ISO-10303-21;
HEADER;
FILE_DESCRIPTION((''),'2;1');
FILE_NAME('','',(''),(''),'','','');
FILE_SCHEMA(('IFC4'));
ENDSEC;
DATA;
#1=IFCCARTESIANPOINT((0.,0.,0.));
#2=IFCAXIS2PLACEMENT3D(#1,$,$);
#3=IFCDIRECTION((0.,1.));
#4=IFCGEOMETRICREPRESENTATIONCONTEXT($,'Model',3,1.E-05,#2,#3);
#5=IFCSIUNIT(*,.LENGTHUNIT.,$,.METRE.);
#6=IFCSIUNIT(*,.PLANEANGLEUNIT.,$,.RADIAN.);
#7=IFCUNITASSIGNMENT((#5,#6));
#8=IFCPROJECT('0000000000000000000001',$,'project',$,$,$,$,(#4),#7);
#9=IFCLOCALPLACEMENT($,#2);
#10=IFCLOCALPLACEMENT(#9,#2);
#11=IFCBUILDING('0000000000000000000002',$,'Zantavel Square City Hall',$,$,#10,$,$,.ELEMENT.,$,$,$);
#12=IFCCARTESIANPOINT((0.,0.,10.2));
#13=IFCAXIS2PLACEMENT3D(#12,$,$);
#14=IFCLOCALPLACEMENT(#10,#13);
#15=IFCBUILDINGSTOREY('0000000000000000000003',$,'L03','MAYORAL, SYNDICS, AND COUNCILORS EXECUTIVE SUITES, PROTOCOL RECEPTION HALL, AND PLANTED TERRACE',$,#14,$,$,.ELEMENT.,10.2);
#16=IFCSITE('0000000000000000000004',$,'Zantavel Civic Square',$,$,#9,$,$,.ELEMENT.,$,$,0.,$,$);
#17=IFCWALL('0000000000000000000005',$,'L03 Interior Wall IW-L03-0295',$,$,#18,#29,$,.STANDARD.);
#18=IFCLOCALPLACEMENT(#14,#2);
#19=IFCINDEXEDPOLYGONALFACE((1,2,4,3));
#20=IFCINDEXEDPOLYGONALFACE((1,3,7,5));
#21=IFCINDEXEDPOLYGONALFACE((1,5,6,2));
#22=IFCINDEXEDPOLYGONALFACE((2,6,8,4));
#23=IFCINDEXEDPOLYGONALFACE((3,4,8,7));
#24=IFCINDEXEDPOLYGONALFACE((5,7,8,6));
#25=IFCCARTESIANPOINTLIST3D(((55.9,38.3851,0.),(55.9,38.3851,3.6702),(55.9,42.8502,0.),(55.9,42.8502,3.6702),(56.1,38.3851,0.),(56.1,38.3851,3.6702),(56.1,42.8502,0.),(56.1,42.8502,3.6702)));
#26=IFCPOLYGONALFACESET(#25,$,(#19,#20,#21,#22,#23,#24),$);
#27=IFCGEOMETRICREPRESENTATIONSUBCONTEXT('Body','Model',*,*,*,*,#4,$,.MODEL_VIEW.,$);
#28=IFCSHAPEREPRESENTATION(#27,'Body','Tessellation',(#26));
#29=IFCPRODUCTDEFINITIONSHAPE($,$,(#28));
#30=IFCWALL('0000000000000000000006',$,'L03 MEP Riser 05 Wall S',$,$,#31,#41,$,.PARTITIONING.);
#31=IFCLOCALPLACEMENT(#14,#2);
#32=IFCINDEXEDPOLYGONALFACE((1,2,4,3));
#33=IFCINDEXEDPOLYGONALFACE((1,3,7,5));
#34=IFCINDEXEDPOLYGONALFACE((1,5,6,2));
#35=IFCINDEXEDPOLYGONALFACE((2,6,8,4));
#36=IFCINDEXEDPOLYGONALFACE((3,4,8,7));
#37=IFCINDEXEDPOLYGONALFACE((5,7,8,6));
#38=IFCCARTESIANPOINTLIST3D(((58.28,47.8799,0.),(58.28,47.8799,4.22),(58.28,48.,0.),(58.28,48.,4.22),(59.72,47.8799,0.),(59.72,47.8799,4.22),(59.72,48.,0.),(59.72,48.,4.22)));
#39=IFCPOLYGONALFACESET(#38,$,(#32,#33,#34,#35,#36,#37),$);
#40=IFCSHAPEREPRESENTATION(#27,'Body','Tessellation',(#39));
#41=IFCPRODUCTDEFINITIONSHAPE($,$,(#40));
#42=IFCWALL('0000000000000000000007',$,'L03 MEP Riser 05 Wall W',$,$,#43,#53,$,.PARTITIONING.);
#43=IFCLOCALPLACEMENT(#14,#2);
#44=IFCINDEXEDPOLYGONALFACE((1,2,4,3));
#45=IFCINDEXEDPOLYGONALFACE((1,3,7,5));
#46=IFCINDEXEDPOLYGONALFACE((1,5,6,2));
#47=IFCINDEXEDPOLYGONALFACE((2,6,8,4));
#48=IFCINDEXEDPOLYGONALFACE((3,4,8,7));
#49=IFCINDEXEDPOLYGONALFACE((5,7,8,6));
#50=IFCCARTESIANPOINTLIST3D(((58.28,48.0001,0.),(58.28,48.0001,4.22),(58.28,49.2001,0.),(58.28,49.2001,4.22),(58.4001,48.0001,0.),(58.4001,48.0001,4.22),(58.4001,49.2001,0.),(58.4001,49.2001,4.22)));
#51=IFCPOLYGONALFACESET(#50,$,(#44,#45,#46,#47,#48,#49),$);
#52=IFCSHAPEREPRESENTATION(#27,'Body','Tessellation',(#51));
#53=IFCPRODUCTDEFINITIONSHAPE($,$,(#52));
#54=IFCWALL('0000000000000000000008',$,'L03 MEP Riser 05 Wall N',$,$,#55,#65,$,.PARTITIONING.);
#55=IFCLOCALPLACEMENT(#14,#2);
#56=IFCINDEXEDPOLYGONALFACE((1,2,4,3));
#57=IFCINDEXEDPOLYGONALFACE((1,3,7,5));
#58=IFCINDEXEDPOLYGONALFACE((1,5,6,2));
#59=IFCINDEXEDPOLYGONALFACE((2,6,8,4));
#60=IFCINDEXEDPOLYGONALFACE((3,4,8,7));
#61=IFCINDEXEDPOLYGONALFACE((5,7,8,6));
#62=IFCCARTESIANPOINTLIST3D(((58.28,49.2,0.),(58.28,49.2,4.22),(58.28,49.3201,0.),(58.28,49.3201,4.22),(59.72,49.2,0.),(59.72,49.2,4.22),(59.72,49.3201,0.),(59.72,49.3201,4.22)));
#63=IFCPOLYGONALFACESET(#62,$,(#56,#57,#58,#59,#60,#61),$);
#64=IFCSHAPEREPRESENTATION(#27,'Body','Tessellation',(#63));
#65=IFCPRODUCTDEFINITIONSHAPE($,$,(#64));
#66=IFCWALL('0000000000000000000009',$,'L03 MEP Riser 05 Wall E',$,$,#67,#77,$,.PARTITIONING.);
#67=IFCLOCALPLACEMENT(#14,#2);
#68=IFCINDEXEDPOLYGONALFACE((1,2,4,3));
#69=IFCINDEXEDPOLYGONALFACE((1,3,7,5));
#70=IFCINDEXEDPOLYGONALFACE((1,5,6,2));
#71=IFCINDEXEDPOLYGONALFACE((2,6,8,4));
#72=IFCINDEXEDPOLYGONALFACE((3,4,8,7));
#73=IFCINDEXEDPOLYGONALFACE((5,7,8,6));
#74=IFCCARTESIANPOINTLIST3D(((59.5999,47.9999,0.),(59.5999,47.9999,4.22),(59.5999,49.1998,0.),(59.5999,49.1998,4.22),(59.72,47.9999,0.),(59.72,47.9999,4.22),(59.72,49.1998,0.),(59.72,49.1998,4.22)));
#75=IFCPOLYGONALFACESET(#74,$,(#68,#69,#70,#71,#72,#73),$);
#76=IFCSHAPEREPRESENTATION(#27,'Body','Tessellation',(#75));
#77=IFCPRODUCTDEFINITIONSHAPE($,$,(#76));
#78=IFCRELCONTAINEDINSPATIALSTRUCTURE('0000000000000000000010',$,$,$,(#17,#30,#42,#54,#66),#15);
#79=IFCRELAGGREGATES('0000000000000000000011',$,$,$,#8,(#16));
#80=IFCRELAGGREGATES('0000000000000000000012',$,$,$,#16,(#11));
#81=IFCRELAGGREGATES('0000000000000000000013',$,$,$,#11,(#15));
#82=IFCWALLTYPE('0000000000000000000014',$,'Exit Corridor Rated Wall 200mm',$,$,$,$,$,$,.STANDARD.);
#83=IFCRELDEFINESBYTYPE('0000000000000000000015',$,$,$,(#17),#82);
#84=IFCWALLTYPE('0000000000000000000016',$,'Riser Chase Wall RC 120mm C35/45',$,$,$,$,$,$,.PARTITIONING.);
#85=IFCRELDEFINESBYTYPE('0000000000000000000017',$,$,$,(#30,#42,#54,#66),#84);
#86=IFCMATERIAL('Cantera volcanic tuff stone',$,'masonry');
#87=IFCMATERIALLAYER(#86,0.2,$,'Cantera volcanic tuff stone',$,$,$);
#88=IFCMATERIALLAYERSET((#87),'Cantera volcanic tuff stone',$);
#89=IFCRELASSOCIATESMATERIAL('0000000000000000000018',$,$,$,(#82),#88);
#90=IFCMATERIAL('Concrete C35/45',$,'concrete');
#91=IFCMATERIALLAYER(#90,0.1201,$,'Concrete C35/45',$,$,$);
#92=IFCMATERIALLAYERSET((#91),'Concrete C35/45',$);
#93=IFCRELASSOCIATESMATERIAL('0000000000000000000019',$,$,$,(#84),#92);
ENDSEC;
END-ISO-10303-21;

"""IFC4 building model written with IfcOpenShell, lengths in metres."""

from ifc_helpers import new_model, si_unit, direction, frame, frame_2d, origin, place, context, subcontext, project, spatial, rectangle, extrude, material, layer, layer_set, type_object, element, save


model = new_model("IFC4")

# Units and contexts
model_context = context("Model", 3, precision=1e-05, world=origin(), true_north=direction((0.0, 1.0)))
body_context = subcontext(model_context, "Body", "Model", "MODEL_VIEW")
ifc_project = project(units=[si_unit("LENGTHUNIT", "METRE"), si_unit("PLANEANGLEUNIT", "RADIAN")], contexts=[model_context])

# Site, building, storey
site_placement = place(None, origin())
site = spatial("IfcSite", under=ifc_project, at=site_placement, Name="Zantavel Civic Square", CompositionType="ELEMENT", RefElevation=0.0)
building_placement = place(site_placement, origin())
building = spatial("IfcBuilding", under=site, at=building_placement, Name="Zantavel Square City Hall", CompositionType="ELEMENT")
storey_placement = place(building_placement, frame((0.0, 0.0, 10.2)))
storey = spatial("IfcBuildingStorey", under=building, at=storey_placement, Name="L03", Description="MAYORAL, SYNDICS, AND COUNCILORS EXECUTIVE SUITES, PROTOCOL RECEPTION HALL, AND PLANTED TERRACE", CompositionType="ELEMENT", Elevation=10.2)

# Shared definitions
ifc_material_1 = material(Name="Concrete C35/45", Category="concrete")

# Shared definitions
ifc_material_2 = material(Name="Cantera volcanic tuff stone", Category="masonry")
ifc_layer_1 = layer(ifc_material_2, 0.2, Name="Cantera volcanic tuff stone")
ifc_layer_set_1 = layer_set([ifc_layer_1], Name="Cantera volcanic tuff stone")
wall_type_1 = type_object("IfcWallType", Name="Exit Corridor Rated Wall 200mm", PredefinedType="STANDARD", material=ifc_layer_set_1)

# Walls
wall_1_placement = place(storey_placement, frame((56.0, 42.8501, 0.0), z_axis=(0.0, 0.0, 1.0), x_axis=(0.0, -1.0, 0.0)))
element("IfcWall", 1, at=wall_1_placement, inside=storey, type_object=wall_type_1, Name="L03 Interior Wall IW-L03-0295", PredefinedType="STANDARD", context=body_context, shape_type="SweptSolid", body=[
    extrude(rectangle(XDim=4.4651, YDim=0.2, at=frame_2d((2.2324, 0.0))), origin(), (0.0, 0.0, 1.0), 3.6702),
])
ifc_layer_2 = layer(ifc_material_1, 0.1201, Name="Concrete C35/45")
ifc_layer_set_2 = layer_set([ifc_layer_2], Name="Concrete C35/45")
wall_type_2 = type_object("IfcWallType", Name="Riser Chase Wall RC 120mm C35/45", PredefinedType="PARTITIONING", material=ifc_layer_set_2)
wall_2_placement = place(storey_placement, frame((59.72, 47.9399, 0.0), z_axis=(0.0, 0.0, 1.0), x_axis=(-1.0, 0.0, 0.0)))
element("IfcWall", 2, at=wall_2_placement, inside=storey, type_object=wall_type_2, Name="L03 MEP Riser 05 Wall S", PredefinedType="PARTITIONING", context=body_context, shape_type="SweptSolid", body=[
    extrude(rectangle(XDim=1.4399, YDim=0.1201, at=frame_2d((0.72, 0.0))), origin(), (0.0, 0.0, 1.0), 4.22),
])
wall_3_placement = place(storey_placement, frame((58.3401, 48.0, 0.0), z_axis=(0.0, 0.0, 1.0), x_axis=(0.0, 1.0, 0.0)))
element("IfcWall", 3, at=wall_3_placement, inside=storey, type_object=wall_type_2, Name="L03 MEP Riser 05 Wall W", PredefinedType="PARTITIONING", context=body_context, shape_type="SweptSolid", body=[
    extrude(rectangle(XDim=1.2, YDim=0.1201, at=frame_2d((0.6001, 0.0))), origin(), (0.0, 0.0, 1.0), 4.22),
])
wall_4_placement = place(storey_placement, frame((58.28, 49.26, 0.0), z_axis=(0.0, 0.0, 1.0), x_axis=(1.0, 0.0, 0.0)))
element("IfcWall", 4, at=wall_4_placement, inside=storey, type_object=wall_type_2, Name="L03 MEP Riser 05 Wall N", PredefinedType="PARTITIONING", context=body_context, shape_type="SweptSolid", body=[
    extrude(rectangle(XDim=1.4399, YDim=0.1201, at=frame_2d((0.72, 0.0))), origin(), (0.0, 0.0, 1.0), 4.22),
])
wall_5_placement = place(storey_placement, frame((59.6599, 49.2, 0.0), z_axis=(0.0, 0.0, 1.0), x_axis=(0.0, -1.0, 0.0)))
element("IfcWall", 5, at=wall_5_placement, inside=storey, type_object=wall_type_2, Name="L03 MEP Riser 05 Wall E", PredefinedType="PARTITIONING", context=body_context, shape_type="SweptSolid", body=[
    extrude(rectangle(XDim=1.2, YDim=0.1201, at=frame_2d((0.6001, 0.0))), origin(), (0.0, 0.0, 1.0), 4.22),
])

save(model, "model.ifc")
